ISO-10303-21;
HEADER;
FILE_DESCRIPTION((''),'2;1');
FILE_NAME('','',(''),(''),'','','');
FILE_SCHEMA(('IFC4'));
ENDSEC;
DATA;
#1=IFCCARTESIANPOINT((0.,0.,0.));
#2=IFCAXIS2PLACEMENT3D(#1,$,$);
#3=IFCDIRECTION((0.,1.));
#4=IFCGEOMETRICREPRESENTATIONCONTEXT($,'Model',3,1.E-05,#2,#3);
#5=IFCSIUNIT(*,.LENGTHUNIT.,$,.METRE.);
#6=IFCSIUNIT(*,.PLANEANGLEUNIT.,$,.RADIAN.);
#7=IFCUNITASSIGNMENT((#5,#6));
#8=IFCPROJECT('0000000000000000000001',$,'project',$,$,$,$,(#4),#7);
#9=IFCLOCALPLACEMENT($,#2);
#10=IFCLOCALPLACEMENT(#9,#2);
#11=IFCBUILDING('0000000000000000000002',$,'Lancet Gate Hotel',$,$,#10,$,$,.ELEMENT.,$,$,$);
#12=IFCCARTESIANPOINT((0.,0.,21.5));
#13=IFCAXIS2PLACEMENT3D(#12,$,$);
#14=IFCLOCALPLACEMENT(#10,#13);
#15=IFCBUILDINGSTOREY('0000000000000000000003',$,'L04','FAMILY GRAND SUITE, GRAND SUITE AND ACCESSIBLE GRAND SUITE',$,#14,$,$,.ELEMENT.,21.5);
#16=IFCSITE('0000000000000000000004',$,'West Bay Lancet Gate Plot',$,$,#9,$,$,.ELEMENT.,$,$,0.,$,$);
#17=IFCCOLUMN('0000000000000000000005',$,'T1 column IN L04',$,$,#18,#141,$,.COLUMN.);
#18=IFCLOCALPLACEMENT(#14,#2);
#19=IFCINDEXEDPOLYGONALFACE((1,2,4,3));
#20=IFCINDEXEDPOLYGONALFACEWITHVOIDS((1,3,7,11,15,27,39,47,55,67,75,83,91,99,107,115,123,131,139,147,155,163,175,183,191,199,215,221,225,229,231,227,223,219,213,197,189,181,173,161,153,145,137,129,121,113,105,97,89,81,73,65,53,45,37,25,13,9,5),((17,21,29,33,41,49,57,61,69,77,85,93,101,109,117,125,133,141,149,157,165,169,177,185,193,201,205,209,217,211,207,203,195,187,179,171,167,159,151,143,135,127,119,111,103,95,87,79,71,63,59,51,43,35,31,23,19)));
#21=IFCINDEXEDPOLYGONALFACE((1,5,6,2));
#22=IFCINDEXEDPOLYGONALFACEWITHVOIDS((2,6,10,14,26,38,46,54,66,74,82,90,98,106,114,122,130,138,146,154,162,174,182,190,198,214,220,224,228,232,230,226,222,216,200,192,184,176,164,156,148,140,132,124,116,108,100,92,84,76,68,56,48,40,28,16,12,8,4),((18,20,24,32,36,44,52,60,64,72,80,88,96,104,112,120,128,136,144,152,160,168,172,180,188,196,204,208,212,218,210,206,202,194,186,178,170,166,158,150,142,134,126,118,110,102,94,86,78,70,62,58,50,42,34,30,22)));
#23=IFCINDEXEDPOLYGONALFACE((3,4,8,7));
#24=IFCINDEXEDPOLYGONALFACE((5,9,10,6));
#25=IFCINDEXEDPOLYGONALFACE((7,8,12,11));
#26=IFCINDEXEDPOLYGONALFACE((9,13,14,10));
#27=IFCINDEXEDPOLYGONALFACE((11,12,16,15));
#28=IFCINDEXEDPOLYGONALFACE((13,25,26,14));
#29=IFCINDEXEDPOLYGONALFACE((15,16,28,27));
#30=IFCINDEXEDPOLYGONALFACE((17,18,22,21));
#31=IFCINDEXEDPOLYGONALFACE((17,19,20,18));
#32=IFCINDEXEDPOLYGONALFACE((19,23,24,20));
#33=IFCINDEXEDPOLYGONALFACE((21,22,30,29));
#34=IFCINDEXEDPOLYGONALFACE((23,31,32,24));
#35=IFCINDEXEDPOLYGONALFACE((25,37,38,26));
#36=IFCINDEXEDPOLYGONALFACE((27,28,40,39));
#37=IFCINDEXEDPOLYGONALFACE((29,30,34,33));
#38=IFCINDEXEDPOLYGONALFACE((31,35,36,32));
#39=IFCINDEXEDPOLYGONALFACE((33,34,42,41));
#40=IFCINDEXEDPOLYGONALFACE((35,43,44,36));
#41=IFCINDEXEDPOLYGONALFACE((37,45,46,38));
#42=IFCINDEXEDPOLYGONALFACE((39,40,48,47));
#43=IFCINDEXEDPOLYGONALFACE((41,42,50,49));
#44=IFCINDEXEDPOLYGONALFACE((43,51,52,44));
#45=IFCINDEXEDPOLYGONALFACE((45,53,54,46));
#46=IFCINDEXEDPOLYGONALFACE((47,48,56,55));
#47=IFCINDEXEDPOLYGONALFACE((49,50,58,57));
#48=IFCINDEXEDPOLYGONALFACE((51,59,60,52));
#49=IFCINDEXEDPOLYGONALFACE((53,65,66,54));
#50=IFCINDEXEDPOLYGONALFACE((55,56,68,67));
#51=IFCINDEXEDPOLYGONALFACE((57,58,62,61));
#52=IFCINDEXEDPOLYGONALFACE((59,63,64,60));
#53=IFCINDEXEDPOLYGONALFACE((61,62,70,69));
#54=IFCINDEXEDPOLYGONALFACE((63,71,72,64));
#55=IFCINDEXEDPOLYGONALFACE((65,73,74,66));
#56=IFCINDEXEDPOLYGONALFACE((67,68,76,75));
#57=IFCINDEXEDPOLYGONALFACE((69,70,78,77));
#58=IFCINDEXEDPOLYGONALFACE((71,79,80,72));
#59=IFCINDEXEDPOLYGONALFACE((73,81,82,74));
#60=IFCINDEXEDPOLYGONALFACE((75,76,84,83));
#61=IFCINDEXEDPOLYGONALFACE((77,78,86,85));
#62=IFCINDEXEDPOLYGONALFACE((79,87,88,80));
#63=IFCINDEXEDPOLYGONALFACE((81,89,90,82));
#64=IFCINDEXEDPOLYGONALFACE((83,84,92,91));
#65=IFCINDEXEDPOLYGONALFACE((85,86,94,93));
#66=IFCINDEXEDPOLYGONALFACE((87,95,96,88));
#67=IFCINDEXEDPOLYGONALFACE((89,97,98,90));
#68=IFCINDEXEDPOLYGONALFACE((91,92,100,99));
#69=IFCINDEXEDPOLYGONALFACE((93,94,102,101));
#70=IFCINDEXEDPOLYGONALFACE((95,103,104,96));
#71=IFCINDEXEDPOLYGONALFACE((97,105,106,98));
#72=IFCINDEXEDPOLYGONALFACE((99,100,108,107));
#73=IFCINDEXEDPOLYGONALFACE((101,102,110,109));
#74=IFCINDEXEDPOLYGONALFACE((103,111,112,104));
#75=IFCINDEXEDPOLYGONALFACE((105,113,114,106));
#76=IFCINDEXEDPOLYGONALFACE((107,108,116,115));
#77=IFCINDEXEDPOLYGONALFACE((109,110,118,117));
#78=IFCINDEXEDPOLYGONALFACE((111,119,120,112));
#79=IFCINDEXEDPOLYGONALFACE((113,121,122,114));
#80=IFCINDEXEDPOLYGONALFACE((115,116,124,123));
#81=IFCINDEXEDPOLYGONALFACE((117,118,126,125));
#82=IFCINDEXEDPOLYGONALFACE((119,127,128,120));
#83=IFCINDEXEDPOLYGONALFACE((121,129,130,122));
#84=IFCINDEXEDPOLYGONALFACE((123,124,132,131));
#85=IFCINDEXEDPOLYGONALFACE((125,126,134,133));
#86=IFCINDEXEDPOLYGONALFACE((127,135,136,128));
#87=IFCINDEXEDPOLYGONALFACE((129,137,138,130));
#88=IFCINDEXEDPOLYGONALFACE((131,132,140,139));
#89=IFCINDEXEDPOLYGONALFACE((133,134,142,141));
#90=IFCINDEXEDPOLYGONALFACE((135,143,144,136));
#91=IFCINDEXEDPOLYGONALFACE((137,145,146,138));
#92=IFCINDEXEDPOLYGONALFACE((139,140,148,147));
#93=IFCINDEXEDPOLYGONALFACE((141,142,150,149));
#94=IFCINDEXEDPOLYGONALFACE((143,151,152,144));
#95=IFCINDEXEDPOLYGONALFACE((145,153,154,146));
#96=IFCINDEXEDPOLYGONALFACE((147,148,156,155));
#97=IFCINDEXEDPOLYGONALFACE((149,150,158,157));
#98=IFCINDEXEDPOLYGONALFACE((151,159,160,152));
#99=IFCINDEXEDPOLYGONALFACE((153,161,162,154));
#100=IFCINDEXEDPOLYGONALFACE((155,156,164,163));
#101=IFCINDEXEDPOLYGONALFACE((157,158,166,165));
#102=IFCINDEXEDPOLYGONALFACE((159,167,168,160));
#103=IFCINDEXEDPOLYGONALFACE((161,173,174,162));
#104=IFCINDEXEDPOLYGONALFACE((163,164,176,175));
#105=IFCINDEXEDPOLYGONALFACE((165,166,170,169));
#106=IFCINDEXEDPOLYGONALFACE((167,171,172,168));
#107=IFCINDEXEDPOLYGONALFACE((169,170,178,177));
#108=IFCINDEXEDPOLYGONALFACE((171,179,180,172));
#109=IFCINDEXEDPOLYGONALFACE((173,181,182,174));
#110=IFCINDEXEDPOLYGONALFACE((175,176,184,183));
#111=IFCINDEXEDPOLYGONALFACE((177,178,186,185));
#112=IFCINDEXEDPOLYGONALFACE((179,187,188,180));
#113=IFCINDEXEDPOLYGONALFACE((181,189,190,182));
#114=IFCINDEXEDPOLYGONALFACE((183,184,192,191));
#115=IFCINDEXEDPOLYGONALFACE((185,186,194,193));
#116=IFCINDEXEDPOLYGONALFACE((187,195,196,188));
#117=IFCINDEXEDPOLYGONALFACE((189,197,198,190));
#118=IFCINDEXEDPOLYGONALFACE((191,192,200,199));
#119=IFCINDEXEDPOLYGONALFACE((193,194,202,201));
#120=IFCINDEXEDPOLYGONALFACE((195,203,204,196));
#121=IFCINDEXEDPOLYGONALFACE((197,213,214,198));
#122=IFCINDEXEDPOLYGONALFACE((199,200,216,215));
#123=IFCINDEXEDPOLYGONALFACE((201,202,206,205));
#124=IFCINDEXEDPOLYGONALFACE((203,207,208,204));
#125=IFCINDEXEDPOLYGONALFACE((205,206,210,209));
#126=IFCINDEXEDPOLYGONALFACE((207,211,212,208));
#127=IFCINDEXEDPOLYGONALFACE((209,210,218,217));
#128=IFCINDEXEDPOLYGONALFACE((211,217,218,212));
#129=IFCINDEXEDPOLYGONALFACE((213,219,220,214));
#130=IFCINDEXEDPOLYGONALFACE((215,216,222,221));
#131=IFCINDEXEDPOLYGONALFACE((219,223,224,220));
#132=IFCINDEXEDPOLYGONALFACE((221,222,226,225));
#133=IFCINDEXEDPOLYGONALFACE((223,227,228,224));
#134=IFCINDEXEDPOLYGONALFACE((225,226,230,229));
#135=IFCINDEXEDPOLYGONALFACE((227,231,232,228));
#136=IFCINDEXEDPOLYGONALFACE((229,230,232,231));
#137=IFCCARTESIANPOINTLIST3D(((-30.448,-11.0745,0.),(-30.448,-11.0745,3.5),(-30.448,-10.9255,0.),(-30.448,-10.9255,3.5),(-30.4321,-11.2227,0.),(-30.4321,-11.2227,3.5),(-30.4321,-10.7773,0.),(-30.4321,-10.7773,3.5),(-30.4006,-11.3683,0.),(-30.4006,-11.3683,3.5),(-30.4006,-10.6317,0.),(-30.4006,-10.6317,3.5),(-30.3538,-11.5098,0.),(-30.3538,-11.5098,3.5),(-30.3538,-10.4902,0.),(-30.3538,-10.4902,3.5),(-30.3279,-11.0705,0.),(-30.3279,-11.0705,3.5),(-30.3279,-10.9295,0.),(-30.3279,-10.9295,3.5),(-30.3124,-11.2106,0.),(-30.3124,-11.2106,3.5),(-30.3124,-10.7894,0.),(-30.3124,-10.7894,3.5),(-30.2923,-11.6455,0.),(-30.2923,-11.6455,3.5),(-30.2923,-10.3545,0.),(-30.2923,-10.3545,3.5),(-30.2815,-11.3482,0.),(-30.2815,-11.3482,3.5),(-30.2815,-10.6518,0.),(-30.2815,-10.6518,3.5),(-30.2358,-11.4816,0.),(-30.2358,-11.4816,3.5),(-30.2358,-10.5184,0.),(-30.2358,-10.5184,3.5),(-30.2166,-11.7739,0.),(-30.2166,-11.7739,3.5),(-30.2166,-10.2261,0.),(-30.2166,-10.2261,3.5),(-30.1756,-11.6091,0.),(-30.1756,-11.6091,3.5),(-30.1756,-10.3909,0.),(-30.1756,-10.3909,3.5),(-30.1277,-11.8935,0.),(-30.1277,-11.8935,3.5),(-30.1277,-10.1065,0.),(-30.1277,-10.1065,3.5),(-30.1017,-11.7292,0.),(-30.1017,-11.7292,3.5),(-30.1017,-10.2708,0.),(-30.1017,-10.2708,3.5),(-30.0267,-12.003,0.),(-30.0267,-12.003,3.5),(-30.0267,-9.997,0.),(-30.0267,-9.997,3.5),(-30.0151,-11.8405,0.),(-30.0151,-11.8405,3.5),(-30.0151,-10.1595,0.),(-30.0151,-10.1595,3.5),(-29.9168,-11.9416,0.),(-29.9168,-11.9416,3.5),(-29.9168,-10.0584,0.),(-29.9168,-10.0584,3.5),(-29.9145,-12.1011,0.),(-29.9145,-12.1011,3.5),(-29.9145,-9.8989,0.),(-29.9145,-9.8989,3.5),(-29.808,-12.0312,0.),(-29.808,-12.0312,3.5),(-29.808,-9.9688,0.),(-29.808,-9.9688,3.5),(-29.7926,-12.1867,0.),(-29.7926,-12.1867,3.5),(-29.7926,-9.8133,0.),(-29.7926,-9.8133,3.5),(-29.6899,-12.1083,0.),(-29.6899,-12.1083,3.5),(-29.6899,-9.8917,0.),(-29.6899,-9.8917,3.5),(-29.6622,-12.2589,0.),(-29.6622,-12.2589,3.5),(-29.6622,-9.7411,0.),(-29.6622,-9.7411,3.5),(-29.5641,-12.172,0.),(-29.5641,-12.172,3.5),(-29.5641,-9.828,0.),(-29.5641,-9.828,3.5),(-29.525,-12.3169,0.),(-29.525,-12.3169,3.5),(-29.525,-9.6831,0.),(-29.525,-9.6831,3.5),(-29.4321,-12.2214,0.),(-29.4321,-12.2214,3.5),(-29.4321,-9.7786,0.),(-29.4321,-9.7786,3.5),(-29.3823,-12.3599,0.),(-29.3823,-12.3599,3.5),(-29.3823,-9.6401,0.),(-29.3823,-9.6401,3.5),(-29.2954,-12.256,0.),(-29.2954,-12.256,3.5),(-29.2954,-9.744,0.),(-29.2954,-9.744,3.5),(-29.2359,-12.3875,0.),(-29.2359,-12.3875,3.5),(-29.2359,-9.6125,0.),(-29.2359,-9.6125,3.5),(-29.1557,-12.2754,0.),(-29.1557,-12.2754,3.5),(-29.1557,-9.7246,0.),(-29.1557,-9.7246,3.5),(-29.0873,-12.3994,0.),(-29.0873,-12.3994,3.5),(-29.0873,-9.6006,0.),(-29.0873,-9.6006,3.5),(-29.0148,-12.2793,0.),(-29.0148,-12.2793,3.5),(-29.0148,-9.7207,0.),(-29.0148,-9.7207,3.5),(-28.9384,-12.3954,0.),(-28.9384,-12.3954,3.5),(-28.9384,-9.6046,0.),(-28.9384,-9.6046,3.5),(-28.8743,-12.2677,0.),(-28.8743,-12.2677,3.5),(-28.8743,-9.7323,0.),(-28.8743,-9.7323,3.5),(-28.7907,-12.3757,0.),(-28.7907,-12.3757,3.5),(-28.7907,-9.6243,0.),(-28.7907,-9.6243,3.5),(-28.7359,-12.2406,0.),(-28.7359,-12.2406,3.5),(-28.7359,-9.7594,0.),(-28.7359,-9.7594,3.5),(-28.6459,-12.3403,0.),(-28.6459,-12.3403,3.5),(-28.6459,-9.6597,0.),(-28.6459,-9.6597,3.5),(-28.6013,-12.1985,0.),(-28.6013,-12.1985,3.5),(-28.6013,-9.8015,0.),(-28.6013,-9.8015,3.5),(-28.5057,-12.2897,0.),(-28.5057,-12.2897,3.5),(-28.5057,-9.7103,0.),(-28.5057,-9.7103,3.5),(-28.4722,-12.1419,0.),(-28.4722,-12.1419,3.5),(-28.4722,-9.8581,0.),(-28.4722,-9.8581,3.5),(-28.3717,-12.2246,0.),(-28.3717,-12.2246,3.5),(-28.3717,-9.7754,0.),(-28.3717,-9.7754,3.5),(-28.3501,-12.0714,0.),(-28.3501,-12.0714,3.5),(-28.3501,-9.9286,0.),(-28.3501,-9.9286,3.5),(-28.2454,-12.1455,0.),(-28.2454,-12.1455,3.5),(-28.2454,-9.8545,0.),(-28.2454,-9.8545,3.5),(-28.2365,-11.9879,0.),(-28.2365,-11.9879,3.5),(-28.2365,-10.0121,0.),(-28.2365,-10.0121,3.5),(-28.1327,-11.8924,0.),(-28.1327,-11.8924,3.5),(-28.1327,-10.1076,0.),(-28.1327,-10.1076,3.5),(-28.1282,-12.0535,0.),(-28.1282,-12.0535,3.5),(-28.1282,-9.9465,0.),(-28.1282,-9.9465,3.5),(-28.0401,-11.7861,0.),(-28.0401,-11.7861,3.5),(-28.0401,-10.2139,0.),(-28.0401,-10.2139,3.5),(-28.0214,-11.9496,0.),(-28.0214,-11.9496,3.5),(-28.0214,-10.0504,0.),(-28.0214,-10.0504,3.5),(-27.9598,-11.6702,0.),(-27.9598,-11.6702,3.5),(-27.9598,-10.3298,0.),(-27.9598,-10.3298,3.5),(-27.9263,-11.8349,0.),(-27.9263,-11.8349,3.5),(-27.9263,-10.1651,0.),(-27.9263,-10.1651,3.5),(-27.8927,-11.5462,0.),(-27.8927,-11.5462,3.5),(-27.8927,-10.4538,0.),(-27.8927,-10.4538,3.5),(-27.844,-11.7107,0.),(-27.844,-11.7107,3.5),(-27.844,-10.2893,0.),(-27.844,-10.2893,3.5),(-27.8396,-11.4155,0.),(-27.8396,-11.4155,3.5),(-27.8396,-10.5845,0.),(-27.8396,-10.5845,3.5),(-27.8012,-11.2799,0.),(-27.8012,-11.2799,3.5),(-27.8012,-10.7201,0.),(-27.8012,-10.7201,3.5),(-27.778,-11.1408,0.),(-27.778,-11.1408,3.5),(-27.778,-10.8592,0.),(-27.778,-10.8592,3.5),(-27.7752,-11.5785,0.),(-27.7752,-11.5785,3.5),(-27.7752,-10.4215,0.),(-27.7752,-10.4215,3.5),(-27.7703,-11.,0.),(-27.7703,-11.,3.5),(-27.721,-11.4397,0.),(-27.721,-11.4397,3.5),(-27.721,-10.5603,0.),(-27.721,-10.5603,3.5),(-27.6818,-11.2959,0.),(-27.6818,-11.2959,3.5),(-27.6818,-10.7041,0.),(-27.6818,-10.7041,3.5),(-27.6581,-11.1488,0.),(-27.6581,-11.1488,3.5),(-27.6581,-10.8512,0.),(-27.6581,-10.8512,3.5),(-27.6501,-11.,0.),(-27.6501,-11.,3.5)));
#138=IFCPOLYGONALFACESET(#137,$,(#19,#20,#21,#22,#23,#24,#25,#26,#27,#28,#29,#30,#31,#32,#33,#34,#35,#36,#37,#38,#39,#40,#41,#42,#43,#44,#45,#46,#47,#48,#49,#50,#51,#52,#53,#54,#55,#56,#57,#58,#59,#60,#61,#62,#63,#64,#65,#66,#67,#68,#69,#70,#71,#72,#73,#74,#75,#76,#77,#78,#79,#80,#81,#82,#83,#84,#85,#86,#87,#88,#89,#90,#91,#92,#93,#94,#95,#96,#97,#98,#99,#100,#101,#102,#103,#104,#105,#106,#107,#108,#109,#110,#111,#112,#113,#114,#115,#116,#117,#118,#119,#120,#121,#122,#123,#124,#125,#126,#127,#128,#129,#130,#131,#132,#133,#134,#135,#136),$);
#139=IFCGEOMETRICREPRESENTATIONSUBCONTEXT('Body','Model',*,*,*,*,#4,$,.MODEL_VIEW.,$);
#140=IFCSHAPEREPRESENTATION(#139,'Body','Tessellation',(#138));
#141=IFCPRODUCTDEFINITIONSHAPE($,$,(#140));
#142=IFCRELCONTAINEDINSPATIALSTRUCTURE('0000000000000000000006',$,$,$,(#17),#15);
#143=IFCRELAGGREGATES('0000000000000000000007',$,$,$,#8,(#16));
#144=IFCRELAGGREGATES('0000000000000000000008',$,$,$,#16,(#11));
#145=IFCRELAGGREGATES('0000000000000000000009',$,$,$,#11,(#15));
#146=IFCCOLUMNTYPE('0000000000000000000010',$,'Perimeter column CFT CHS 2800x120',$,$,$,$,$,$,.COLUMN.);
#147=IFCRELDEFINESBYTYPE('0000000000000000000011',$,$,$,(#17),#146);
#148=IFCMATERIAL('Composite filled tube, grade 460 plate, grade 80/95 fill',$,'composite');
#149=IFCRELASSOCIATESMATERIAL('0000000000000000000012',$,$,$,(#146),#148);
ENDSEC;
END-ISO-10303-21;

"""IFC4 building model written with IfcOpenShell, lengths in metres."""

from ifc_helpers import new_model, si_unit, direction, frame, origin, origin_2d, place, context, subcontext, project, spatial, hollow_circle, extrude, material, material_profile, profile_set, type_object, element, save


model = new_model("IFC4")

# Units and contexts
model_context = context("Model", 3, precision=1e-05, world=origin(), true_north=direction((0.0, 1.0)))
body_context = subcontext(model_context, "Body", "Model", "MODEL_VIEW")
ifc_project = project(units=[si_unit("LENGTHUNIT", "METRE"), si_unit("PLANEANGLEUNIT", "RADIAN")], contexts=[model_context])

# Site, building, storey
site_placement = place(None, origin())
site = spatial("IfcSite", under=ifc_project, at=site_placement, Name="West Bay Lancet Gate Plot", CompositionType="ELEMENT", RefElevation=0.0)
building_placement = place(site_placement, origin())
building = spatial("IfcBuilding", under=site, at=building_placement, Name="Lancet Gate Hotel", CompositionType="ELEMENT")
storey_placement = place(building_placement, frame((0.0, 0.0, 21.5)))
storey = spatial("IfcBuildingStorey", under=building, at=storey_placement, Name="L04", Description="FAMILY GRAND SUITE, GRAND SUITE AND ACCESSIBLE GRAND SUITE", CompositionType="ELEMENT", Elevation=21.5)

# Column
ifc_material_1 = material(Name="Composite filled tube, grade 460 plate, grade 80/95 fill", Category="composite")
ifc_material_profile_1 = material_profile(ifc_material_1, hollow_circle(Radius=1.3999, WallThickness=0.1201, at=origin_2d()), Name="CHS 2800x120")
ifc_profile_set_1 = profile_set([ifc_material_profile_1], Name="Composite filled tube, grade 460 plate, grade 80/95 fill")
column_type = type_object("IfcColumnType", Name="Perimeter column CFT CHS 2800x120", PredefinedType="COLUMN", material=ifc_profile_set_1)
for number, where, z_axis, x_axis, name in (
    (1, (-29.05, -11.0, 0.0), (0.0, 0.0, 1.0), (1.0, 0.0, 0.0), "T1 column IN L04"),
):
    element("IfcColumn", number, at=place(storey_placement, frame(where, z_axis=z_axis, x_axis=x_axis)), inside=storey, type_object=column_type, Name=name, PredefinedType="COLUMN", context=body_context, shape_type="SweptSolid", body=[
        extrude(hollow_circle(Radius=1.3999, WallThickness=0.1201, at=origin_2d()), origin(), (0.0, 0.0, 1.0), 3.5),
    ])

save(model, "model.ifc")
